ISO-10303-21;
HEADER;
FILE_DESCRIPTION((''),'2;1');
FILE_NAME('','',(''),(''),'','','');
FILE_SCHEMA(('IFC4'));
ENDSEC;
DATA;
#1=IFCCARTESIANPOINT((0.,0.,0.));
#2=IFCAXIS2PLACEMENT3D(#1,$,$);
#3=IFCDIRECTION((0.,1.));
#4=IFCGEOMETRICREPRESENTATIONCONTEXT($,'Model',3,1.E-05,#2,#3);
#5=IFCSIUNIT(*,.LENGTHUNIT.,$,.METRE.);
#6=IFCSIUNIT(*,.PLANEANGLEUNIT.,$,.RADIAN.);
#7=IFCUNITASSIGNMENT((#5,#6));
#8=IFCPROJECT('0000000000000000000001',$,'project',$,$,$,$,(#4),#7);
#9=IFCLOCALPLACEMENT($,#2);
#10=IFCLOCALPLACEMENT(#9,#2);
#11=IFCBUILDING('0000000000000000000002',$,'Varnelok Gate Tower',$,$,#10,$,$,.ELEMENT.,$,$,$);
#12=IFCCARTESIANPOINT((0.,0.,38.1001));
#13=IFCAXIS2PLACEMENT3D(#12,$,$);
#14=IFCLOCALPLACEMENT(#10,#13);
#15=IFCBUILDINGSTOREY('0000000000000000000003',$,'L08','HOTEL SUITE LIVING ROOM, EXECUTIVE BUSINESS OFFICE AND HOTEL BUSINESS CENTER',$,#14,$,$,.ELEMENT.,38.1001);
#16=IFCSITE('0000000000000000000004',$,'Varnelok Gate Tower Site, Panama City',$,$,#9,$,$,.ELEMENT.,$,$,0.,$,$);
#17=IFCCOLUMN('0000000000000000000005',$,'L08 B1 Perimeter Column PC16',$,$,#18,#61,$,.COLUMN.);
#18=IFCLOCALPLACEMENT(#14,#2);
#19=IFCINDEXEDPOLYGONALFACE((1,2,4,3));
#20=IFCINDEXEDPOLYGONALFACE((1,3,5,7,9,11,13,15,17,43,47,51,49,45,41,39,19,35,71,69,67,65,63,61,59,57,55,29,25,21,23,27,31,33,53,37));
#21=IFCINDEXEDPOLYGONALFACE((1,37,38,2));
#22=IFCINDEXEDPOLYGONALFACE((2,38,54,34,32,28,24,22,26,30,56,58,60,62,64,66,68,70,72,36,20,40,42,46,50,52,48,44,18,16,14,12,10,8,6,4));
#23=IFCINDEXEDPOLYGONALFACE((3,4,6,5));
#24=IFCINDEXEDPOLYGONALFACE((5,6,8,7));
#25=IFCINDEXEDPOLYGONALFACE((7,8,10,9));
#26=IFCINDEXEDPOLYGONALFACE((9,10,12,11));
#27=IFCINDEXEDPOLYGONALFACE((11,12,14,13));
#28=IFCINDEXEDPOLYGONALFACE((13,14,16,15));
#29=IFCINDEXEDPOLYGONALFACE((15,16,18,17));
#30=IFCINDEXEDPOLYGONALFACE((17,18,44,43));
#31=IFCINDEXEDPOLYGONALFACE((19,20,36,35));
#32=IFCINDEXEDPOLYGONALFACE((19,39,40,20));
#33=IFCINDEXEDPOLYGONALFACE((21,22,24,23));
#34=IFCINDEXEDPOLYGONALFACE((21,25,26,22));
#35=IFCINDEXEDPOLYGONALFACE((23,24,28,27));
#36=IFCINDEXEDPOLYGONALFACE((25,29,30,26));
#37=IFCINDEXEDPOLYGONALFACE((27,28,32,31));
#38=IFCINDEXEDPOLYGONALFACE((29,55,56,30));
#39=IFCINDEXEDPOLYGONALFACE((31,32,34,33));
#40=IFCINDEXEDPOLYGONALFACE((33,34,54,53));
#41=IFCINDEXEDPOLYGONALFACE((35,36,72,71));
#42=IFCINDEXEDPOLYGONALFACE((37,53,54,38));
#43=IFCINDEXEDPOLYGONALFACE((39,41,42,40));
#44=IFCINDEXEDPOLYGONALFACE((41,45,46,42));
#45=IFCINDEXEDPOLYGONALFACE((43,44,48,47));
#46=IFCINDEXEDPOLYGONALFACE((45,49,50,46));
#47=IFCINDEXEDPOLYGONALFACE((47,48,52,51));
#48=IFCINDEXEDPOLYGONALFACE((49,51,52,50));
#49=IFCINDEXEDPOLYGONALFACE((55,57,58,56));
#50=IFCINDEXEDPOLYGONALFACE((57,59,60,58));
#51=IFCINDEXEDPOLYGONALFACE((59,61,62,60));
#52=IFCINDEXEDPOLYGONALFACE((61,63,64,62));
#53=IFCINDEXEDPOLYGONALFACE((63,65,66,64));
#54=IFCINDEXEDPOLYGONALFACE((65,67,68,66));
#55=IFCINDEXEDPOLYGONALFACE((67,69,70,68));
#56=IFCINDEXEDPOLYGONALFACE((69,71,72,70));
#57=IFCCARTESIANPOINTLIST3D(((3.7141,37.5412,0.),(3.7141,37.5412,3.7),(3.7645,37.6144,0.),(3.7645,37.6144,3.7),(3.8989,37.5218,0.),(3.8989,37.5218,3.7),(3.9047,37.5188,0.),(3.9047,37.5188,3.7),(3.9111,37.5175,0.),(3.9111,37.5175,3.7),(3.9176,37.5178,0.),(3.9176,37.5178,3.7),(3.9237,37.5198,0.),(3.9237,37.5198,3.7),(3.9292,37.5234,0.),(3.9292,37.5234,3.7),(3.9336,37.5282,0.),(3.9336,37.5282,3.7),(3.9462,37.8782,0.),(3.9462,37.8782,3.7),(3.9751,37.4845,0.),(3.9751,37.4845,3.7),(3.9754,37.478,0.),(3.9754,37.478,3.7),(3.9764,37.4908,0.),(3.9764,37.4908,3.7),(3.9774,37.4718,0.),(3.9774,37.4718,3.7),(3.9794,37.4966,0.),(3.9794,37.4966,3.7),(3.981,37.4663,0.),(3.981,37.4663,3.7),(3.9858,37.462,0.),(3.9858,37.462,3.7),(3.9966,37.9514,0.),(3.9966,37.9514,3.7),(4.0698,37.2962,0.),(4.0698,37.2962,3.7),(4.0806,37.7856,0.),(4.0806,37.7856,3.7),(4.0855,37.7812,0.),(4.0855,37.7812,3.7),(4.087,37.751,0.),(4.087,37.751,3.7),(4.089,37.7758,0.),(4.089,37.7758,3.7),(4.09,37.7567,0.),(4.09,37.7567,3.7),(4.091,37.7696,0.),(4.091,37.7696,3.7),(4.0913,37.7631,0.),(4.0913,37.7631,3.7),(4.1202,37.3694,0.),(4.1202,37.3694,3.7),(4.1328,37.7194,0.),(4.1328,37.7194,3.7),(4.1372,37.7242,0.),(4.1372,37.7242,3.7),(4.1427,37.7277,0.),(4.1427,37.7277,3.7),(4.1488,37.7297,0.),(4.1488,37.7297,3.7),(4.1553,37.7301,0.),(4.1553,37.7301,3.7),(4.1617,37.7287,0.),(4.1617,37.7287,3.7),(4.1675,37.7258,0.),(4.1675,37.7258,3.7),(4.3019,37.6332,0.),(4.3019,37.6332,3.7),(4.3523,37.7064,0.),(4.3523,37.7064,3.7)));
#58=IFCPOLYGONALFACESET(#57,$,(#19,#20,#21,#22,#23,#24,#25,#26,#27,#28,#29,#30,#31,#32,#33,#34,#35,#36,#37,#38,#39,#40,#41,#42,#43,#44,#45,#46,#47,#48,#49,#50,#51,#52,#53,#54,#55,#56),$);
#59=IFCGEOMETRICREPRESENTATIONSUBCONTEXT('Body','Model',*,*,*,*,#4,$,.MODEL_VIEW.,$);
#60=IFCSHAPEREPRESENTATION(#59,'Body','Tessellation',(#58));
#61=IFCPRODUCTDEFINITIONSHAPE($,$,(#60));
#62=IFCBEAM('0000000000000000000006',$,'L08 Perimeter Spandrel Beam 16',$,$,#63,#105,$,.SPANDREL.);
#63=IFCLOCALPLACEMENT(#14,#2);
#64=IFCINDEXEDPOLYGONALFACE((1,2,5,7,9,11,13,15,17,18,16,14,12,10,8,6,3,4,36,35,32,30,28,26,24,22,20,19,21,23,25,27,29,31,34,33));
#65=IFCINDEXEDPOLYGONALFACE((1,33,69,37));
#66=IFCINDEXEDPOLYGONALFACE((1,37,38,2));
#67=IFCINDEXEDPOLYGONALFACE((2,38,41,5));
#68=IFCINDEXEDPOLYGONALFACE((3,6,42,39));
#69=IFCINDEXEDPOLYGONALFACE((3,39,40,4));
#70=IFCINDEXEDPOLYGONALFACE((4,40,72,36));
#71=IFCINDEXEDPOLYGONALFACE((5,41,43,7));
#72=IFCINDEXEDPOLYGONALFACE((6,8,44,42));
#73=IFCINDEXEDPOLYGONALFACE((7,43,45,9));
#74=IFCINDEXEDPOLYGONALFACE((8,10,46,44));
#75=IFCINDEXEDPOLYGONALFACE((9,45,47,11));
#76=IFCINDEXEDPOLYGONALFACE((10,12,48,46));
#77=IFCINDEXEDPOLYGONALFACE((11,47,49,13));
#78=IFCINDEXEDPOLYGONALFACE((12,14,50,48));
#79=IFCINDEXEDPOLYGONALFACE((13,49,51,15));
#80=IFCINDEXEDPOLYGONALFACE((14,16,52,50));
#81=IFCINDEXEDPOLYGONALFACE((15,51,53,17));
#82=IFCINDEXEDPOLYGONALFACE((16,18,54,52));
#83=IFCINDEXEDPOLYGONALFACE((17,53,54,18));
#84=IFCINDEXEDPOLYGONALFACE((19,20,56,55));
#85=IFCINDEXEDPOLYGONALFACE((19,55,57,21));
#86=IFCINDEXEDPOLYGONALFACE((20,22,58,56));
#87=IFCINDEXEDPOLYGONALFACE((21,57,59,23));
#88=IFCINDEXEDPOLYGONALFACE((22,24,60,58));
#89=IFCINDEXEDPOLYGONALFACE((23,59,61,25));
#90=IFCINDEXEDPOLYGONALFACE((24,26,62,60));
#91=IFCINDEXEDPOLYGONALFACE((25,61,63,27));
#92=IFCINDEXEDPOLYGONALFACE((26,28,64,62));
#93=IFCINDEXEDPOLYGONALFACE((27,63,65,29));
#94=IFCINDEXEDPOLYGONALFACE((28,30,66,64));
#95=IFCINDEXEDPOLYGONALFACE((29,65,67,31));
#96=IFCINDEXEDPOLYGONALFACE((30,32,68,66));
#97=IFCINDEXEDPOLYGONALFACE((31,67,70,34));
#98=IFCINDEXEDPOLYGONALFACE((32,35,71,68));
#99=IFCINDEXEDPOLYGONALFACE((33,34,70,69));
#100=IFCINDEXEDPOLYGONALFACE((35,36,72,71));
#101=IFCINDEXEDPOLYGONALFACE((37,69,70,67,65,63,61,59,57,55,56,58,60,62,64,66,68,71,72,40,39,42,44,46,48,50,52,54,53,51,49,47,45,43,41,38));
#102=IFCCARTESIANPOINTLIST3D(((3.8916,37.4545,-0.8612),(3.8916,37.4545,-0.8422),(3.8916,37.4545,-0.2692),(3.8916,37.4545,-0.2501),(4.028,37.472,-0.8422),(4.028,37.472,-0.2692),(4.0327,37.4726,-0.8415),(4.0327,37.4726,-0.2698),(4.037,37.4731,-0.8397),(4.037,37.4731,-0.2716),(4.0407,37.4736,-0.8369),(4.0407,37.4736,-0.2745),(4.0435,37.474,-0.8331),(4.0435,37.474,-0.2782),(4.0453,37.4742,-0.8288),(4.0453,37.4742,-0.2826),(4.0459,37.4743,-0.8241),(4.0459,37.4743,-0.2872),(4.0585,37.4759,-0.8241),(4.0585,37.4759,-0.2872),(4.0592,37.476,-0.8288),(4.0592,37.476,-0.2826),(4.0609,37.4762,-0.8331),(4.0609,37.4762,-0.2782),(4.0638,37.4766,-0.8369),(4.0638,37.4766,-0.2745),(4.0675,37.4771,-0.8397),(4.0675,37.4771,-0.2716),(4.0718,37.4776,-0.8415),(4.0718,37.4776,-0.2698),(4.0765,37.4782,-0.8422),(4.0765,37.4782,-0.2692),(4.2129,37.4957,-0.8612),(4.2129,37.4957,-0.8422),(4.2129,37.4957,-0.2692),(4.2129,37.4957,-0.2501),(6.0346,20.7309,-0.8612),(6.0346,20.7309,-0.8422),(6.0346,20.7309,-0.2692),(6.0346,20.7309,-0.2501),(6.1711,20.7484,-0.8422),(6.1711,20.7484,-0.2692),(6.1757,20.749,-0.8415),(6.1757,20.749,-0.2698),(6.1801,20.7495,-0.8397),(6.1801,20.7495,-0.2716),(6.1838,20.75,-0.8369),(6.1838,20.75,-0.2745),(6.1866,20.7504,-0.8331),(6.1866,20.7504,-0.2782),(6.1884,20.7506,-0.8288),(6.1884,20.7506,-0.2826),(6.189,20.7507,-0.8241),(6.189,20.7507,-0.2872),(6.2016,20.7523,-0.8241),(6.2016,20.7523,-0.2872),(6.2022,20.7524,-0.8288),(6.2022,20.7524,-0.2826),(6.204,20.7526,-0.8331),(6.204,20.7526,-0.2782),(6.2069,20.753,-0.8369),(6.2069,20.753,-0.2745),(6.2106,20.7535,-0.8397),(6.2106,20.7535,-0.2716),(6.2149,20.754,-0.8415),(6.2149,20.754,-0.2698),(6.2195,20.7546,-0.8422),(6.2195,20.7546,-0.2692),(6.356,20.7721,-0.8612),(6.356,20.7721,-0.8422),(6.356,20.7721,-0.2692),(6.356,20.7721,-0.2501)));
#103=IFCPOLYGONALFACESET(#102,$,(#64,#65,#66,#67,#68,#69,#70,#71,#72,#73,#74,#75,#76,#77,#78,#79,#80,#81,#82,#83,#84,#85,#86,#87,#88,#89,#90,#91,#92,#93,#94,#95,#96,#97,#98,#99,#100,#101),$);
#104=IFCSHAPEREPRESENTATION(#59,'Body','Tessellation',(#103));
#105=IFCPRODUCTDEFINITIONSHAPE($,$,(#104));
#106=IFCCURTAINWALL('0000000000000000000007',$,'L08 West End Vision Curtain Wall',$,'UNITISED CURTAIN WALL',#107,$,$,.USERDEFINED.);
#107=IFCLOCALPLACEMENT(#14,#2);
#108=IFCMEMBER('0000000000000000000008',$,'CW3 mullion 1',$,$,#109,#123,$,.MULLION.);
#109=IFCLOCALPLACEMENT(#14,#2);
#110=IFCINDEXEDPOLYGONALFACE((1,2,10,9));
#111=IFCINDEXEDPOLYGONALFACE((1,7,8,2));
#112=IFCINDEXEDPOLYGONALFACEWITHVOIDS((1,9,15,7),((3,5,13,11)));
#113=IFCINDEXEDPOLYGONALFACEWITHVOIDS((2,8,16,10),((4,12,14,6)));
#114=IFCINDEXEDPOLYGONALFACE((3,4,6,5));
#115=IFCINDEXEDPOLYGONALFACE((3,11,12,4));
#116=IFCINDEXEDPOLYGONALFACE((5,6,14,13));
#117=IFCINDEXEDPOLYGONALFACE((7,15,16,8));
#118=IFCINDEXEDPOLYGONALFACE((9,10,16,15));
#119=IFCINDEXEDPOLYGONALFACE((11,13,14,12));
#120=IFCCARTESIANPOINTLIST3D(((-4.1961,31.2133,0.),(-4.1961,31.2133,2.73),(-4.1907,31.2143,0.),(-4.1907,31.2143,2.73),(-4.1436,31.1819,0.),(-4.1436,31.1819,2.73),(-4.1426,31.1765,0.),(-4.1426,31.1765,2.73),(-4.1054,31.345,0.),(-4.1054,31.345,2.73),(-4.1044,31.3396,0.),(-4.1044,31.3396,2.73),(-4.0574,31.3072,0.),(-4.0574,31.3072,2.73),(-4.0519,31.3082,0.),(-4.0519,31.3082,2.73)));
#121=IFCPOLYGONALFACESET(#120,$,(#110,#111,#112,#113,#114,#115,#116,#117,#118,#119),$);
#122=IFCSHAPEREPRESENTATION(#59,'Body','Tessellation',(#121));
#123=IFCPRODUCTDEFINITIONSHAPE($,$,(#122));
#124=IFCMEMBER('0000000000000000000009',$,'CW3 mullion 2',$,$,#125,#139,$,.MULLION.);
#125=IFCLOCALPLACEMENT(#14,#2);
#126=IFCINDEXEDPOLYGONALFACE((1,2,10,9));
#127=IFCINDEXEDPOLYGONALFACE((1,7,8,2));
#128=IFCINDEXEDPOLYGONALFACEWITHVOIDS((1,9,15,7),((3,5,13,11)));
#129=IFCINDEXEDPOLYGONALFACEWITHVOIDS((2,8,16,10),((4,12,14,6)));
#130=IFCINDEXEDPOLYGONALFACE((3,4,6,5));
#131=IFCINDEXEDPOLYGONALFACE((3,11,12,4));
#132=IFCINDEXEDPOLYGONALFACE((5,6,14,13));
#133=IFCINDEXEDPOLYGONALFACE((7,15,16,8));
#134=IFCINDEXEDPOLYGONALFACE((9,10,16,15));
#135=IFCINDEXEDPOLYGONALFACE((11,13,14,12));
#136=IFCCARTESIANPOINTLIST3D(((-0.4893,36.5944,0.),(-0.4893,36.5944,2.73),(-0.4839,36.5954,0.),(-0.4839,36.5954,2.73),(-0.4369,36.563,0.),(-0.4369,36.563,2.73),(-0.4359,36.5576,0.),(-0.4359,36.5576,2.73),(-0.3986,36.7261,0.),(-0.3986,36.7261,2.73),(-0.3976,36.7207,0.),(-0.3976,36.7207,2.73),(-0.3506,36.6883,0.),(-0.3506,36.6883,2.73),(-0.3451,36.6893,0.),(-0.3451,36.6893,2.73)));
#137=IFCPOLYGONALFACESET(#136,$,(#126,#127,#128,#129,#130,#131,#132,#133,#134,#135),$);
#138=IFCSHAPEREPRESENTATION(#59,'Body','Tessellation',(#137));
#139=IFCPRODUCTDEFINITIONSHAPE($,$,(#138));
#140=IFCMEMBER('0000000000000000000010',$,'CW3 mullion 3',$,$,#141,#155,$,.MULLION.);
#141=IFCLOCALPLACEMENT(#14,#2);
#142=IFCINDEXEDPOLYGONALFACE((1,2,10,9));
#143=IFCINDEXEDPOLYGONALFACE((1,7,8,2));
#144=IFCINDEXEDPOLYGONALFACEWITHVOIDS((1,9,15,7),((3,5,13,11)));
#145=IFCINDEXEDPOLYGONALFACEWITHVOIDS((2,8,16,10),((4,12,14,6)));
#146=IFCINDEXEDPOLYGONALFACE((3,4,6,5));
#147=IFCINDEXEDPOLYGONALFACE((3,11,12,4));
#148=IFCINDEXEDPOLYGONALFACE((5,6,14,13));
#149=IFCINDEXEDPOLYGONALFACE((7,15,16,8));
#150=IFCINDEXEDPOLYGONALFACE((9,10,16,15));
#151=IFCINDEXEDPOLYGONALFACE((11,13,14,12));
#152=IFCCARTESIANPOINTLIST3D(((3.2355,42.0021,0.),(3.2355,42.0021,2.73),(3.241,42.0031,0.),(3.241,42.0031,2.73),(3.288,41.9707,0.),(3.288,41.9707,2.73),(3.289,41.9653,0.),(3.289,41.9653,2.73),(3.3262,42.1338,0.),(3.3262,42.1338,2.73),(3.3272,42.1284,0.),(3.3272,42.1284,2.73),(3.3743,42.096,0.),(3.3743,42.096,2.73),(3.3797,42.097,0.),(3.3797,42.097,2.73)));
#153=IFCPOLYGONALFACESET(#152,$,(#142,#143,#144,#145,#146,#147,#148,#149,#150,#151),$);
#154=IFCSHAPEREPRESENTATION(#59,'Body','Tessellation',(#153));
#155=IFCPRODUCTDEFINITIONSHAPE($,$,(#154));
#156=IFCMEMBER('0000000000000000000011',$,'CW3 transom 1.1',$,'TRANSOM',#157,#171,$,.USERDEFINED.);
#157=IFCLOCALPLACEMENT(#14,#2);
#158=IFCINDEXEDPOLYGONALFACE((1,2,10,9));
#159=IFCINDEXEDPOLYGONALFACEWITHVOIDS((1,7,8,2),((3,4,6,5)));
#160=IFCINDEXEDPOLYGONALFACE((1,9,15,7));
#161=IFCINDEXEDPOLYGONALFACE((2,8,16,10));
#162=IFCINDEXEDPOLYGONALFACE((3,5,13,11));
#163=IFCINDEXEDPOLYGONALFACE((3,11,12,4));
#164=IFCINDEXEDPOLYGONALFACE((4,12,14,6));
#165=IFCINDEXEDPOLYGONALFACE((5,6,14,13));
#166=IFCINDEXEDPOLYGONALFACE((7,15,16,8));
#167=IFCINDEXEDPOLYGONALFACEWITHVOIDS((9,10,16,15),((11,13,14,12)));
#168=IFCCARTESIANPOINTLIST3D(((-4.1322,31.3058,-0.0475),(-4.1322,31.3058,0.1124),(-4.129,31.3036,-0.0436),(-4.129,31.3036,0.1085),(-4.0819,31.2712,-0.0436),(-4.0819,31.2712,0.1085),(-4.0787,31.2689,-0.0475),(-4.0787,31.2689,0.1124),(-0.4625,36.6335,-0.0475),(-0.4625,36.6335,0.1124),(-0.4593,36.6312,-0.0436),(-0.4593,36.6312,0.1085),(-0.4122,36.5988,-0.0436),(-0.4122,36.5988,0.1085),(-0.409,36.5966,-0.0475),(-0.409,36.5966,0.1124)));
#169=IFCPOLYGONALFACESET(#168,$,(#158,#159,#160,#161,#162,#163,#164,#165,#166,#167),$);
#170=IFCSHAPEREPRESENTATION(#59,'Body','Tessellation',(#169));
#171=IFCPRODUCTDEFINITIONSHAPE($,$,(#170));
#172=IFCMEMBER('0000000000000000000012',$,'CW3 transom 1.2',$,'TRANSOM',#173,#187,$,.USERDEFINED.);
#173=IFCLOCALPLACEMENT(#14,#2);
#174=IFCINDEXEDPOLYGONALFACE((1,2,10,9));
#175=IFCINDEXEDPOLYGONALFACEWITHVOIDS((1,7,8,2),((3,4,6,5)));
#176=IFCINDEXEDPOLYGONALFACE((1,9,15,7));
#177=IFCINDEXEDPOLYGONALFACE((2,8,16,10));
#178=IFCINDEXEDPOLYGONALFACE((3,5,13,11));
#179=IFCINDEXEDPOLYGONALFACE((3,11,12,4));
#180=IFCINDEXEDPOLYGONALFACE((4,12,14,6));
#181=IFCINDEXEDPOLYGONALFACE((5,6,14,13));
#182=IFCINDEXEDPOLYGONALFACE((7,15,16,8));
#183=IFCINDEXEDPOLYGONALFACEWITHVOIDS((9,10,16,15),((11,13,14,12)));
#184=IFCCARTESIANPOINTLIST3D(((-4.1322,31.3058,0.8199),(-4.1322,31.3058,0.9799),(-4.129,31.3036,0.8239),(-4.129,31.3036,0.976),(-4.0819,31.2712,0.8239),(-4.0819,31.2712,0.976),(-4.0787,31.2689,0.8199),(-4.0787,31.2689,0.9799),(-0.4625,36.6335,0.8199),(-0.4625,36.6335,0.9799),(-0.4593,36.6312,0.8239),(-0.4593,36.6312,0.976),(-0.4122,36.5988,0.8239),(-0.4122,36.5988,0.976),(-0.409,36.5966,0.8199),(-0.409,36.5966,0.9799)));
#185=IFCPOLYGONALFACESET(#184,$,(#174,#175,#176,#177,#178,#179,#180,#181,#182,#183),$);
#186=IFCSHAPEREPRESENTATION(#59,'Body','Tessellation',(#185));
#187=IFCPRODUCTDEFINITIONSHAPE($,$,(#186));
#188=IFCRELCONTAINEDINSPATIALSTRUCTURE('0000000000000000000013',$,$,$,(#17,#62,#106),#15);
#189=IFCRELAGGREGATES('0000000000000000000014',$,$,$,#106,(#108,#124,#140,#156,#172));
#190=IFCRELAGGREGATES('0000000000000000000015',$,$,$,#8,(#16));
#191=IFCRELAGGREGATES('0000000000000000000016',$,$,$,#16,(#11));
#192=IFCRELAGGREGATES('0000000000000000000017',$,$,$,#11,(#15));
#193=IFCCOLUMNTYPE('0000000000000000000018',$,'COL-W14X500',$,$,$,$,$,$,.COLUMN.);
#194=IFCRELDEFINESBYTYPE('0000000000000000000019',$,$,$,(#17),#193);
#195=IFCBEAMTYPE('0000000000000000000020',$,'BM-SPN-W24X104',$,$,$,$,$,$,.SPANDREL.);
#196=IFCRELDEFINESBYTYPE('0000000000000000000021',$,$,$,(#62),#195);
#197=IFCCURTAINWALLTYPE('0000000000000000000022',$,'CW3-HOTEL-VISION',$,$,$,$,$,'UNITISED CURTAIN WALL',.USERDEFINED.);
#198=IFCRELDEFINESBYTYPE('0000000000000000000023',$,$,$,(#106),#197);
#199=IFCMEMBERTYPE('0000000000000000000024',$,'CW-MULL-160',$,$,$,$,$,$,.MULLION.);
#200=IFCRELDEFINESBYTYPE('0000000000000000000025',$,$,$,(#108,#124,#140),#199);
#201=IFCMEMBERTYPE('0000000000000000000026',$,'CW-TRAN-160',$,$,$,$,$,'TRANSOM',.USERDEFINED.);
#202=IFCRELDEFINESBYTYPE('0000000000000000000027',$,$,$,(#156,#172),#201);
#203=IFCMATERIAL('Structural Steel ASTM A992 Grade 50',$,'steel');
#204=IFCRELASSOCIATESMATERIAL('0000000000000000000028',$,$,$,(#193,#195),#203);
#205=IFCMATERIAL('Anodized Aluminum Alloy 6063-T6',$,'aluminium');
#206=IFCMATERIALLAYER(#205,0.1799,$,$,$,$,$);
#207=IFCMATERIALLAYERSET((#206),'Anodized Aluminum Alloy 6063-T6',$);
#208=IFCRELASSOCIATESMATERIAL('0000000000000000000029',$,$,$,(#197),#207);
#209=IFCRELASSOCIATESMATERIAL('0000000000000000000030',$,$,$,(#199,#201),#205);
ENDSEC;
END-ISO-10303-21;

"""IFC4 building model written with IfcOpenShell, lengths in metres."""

from ifc_helpers import new_model, si_unit, direction, frame, origin, origin_2d, place, context, subcontext, project, spatial, hollow_rectangle, i_section, extrude, material, layer, layer_set, material_profile, profile_set, type_object, element, aggregate, save


model = new_model("IFC4")

# Units and contexts
model_context = context("Model", 3, precision=1e-05, world=origin(), true_north=direction((0.0, 1.0)))
body_context = subcontext(model_context, "Body", "Model", "MODEL_VIEW")
ifc_project = project(units=[si_unit("LENGTHUNIT", "METRE"), si_unit("PLANEANGLEUNIT", "RADIAN")], contexts=[model_context])

# Site, building, storey
site_placement = place(None, origin())
site = spatial("IfcSite", under=ifc_project, at=site_placement, Name="Varnelok Gate Tower Site, Panama City", CompositionType="ELEMENT", RefElevation=0.0)
building_placement = place(site_placement, origin())
building = spatial("IfcBuilding", under=site, at=building_placement, Name="Varnelok Gate Tower", CompositionType="ELEMENT")
storey_placement = place(building_placement, frame((0.0, 0.0, 38.1001)))
storey = spatial("IfcBuildingStorey", under=building, at=storey_placement, Name="L08", Description="HOTEL SUITE LIVING ROOM, EXECUTIVE BUSINESS OFFICE AND HOTEL BUSINESS CENTER", CompositionType="ELEMENT", Elevation=38.1001)

# Column
ifc_material_1 = material(Name="Structural Steel ASTM A992 Grade 50", Category="steel")
ifc_material_profile_1 = material_profile(ifc_material_1, i_section(OverallWidth=0.4319, OverallDepth=0.498, WebThickness=0.0557, FlangeThickness=0.0889, FilletRadius=0.0249, at=origin_2d()), Name="W14X500")
ifc_profile_set_1 = profile_set([ifc_material_profile_1], Name="Structural Steel ASTM A992 Grade 50")
column_type = type_object("IfcColumnType", Name="COL-W14X500", PredefinedType="COLUMN", material=ifc_profile_set_1)
column_placement = place(storey_placement, frame((4.0332, 37.6238, 0.0), z_axis=(0.0, 0.0, 1.0), x_axis=(0.823533, -0.567269, 0.0)))
element("IfcColumn", 1, at=column_placement, inside=storey, type_object=column_type, Name="L08 B1 Perimeter Column PC16", PredefinedType="COLUMN", context=body_context, shape_type="SweptSolid", body=[
    extrude(i_section(OverallWidth=0.4319, OverallDepth=0.498, WebThickness=0.0557, FlangeThickness=0.0889, FilletRadius=0.0249, at=origin_2d()), origin(), (0.0, 0.0, 1.0), 3.7),
])

# Beam
ifc_material_profile_2 = material_profile(ifc_material_1, i_section(OverallWidth=0.324, OverallDepth=0.6111, WebThickness=0.0127, FlangeThickness=0.019, FilletRadius=0.0181, at=origin_2d()), Name="W24X104")
ifc_profile_set_2 = profile_set([ifc_material_profile_2], Name="Structural Steel ASTM A992 Grade 50")
beam_type = type_object("IfcBeamType", Name="BM-SPN-W24X104", PredefinedType="SPANDREL", material=ifc_profile_set_2)
beam_placement = place(storey_placement, frame((4.0522, 37.4751, -0.5557), z_axis=(0.127107, -0.991889, 0.0), x_axis=(0.991889, 0.127107, 0.0)))
element("IfcBeam", 2, at=beam_placement, inside=storey, type_object=beam_type, Name="L08 Perimeter Spandrel Beam 16", PredefinedType="SPANDREL", context=body_context, shape_type="SweptSolid", body=[
    extrude(i_section(OverallWidth=0.324, OverallDepth=0.6111, WebThickness=0.0127, FlangeThickness=0.019, FilletRadius=0.0181, at=origin_2d()), origin(), (0.0, 0.0, 1.0), 16.8604),
])

# Curtain wall, members
ifc_material_2 = material(Name="Anodized Aluminum Alloy 6063-T6", Category="aluminium")
ifc_layer_1 = layer(ifc_material_2, 0.1799)
ifc_layer_set_1 = layer_set([ifc_layer_1], Name="Anodized Aluminum Alloy 6063-T6")
curtain_wall_type = type_object("IfcCurtainWallType", Name="CW3-HOTEL-VISION", ElementType="UNITISED CURTAIN WALL", PredefinedType="USERDEFINED", material=ifc_layer_set_1)
curtain_wall_placement = place(storey_placement, origin())
curtain_wall = element("IfcCurtainWall", 3, at=curtain_wall_placement, inside=storey, type_object=curtain_wall_type, Name="L08 West End Vision Curtain Wall", ObjectType="UNITISED CURTAIN WALL", PredefinedType="USERDEFINED")
ifc_material_profile_3 = material_profile(ifc_material_2, hollow_rectangle(XDim=0.0649, YDim=0.1599, WallThickness=0.0039, at=origin_2d()), Name="ALU160X65X4")
ifc_profile_set_3 = profile_set([ifc_material_profile_3], Name="Anodized Aluminum Alloy 6063-T6")
member_type_1 = type_object("IfcMemberType", Name="CW-MULL-160", PredefinedType="MULLION", material=ifc_profile_set_3)
member_1_placement = place(storey_placement, frame((-4.124, 31.2607, 0.0), z_axis=(0.0, 0.0, 1.0), x_axis=(-0.823533, 0.567269, 0.0)))
member_1 = element("IfcMember", 4, at=member_1_placement, type_object=member_type_1, Name="CW3 mullion 1", PredefinedType="MULLION", context=body_context, shape_type="SweptSolid", body=[
    extrude(hollow_rectangle(XDim=0.0649, YDim=0.1599, WallThickness=0.0039, at=origin_2d()), origin(), (0.0, 0.0, 1.0), 2.73),
])
member_2_placement = place(storey_placement, frame((-0.4172, 36.6418, 0.0), z_axis=(0.0, 0.0, 1.0), x_axis=(-0.823533, 0.567269, 0.0)))
member_2 = element("IfcMember", 5, at=member_2_placement, type_object=member_type_1, Name="CW3 mullion 2", PredefinedType="MULLION", context=body_context, shape_type="SweptSolid", body=[
    extrude(hollow_rectangle(XDim=0.0649, YDim=0.1599, WallThickness=0.0039, at=origin_2d()), origin(), (0.0, 0.0, 1.0), 2.73),
])
member_3_placement = place(storey_placement, frame((3.3076, 42.0496, 0.0), z_axis=(0.0, 0.0, 1.0), x_axis=(-0.823533, 0.567269, 0.0)))
member_3 = element("IfcMember", 6, at=member_3_placement, type_object=member_type_1, Name="CW3 mullion 3", PredefinedType="MULLION", context=body_context, shape_type="SweptSolid", body=[
    extrude(hollow_rectangle(XDim=0.0649, YDim=0.1599, WallThickness=0.0039, at=origin_2d()), origin(), (0.0, 0.0, 1.0), 2.73),
])
ifc_material_profile_4 = material_profile(ifc_material_2, hollow_rectangle(XDim=0.0649, YDim=0.1599, WallThickness=0.0039, at=origin_2d()), Name="ALU160X65X4")
ifc_profile_set_4 = profile_set([ifc_material_profile_4], Name="Anodized Aluminum Alloy 6063-T6")
member_type_2 = type_object("IfcMemberType", Name="CW-TRAN-160", ElementType="TRANSOM", PredefinedType="USERDEFINED", material=ifc_profile_set_4)
member_4_placement = place(storey_placement, frame((-4.1055, 31.2874, 0.0325), z_axis=(0.567256, 0.823542, 0.0), x_axis=(-0.823542, 0.567256, 0.0)))
member_4 = element("IfcMember", 7, at=member_4_placement, type_object=member_type_2, Name="CW3 transom 1.1", ObjectType="TRANSOM", PredefinedType="USERDEFINED", context=body_context, shape_type="SweptSolid", body=[
    extrude(hollow_rectangle(XDim=0.0649, YDim=0.1599, WallThickness=0.0039, at=origin_2d()), origin(), (0.0, 0.0, 1.0), 6.4692),
])
member_5_placement = place(storey_placement, frame((-4.1055, 31.2874, 0.8999), z_axis=(0.567256, 0.823542, 0.0), x_axis=(-0.823542, 0.567256, 0.0)))
member_5 = element("IfcMember", 8, at=member_5_placement, type_object=member_type_2, Name="CW3 transom 1.2", ObjectType="TRANSOM", PredefinedType="USERDEFINED", context=body_context, shape_type="SweptSolid", body=[
    extrude(hollow_rectangle(XDim=0.0649, YDim=0.1599, WallThickness=0.0039, at=origin_2d()), origin(), (0.0, 0.0, 1.0), 6.4692),
])
aggregate(curtain_wall, [member_1, member_2, member_3, member_4, member_5])

save(model, "model.ifc")
